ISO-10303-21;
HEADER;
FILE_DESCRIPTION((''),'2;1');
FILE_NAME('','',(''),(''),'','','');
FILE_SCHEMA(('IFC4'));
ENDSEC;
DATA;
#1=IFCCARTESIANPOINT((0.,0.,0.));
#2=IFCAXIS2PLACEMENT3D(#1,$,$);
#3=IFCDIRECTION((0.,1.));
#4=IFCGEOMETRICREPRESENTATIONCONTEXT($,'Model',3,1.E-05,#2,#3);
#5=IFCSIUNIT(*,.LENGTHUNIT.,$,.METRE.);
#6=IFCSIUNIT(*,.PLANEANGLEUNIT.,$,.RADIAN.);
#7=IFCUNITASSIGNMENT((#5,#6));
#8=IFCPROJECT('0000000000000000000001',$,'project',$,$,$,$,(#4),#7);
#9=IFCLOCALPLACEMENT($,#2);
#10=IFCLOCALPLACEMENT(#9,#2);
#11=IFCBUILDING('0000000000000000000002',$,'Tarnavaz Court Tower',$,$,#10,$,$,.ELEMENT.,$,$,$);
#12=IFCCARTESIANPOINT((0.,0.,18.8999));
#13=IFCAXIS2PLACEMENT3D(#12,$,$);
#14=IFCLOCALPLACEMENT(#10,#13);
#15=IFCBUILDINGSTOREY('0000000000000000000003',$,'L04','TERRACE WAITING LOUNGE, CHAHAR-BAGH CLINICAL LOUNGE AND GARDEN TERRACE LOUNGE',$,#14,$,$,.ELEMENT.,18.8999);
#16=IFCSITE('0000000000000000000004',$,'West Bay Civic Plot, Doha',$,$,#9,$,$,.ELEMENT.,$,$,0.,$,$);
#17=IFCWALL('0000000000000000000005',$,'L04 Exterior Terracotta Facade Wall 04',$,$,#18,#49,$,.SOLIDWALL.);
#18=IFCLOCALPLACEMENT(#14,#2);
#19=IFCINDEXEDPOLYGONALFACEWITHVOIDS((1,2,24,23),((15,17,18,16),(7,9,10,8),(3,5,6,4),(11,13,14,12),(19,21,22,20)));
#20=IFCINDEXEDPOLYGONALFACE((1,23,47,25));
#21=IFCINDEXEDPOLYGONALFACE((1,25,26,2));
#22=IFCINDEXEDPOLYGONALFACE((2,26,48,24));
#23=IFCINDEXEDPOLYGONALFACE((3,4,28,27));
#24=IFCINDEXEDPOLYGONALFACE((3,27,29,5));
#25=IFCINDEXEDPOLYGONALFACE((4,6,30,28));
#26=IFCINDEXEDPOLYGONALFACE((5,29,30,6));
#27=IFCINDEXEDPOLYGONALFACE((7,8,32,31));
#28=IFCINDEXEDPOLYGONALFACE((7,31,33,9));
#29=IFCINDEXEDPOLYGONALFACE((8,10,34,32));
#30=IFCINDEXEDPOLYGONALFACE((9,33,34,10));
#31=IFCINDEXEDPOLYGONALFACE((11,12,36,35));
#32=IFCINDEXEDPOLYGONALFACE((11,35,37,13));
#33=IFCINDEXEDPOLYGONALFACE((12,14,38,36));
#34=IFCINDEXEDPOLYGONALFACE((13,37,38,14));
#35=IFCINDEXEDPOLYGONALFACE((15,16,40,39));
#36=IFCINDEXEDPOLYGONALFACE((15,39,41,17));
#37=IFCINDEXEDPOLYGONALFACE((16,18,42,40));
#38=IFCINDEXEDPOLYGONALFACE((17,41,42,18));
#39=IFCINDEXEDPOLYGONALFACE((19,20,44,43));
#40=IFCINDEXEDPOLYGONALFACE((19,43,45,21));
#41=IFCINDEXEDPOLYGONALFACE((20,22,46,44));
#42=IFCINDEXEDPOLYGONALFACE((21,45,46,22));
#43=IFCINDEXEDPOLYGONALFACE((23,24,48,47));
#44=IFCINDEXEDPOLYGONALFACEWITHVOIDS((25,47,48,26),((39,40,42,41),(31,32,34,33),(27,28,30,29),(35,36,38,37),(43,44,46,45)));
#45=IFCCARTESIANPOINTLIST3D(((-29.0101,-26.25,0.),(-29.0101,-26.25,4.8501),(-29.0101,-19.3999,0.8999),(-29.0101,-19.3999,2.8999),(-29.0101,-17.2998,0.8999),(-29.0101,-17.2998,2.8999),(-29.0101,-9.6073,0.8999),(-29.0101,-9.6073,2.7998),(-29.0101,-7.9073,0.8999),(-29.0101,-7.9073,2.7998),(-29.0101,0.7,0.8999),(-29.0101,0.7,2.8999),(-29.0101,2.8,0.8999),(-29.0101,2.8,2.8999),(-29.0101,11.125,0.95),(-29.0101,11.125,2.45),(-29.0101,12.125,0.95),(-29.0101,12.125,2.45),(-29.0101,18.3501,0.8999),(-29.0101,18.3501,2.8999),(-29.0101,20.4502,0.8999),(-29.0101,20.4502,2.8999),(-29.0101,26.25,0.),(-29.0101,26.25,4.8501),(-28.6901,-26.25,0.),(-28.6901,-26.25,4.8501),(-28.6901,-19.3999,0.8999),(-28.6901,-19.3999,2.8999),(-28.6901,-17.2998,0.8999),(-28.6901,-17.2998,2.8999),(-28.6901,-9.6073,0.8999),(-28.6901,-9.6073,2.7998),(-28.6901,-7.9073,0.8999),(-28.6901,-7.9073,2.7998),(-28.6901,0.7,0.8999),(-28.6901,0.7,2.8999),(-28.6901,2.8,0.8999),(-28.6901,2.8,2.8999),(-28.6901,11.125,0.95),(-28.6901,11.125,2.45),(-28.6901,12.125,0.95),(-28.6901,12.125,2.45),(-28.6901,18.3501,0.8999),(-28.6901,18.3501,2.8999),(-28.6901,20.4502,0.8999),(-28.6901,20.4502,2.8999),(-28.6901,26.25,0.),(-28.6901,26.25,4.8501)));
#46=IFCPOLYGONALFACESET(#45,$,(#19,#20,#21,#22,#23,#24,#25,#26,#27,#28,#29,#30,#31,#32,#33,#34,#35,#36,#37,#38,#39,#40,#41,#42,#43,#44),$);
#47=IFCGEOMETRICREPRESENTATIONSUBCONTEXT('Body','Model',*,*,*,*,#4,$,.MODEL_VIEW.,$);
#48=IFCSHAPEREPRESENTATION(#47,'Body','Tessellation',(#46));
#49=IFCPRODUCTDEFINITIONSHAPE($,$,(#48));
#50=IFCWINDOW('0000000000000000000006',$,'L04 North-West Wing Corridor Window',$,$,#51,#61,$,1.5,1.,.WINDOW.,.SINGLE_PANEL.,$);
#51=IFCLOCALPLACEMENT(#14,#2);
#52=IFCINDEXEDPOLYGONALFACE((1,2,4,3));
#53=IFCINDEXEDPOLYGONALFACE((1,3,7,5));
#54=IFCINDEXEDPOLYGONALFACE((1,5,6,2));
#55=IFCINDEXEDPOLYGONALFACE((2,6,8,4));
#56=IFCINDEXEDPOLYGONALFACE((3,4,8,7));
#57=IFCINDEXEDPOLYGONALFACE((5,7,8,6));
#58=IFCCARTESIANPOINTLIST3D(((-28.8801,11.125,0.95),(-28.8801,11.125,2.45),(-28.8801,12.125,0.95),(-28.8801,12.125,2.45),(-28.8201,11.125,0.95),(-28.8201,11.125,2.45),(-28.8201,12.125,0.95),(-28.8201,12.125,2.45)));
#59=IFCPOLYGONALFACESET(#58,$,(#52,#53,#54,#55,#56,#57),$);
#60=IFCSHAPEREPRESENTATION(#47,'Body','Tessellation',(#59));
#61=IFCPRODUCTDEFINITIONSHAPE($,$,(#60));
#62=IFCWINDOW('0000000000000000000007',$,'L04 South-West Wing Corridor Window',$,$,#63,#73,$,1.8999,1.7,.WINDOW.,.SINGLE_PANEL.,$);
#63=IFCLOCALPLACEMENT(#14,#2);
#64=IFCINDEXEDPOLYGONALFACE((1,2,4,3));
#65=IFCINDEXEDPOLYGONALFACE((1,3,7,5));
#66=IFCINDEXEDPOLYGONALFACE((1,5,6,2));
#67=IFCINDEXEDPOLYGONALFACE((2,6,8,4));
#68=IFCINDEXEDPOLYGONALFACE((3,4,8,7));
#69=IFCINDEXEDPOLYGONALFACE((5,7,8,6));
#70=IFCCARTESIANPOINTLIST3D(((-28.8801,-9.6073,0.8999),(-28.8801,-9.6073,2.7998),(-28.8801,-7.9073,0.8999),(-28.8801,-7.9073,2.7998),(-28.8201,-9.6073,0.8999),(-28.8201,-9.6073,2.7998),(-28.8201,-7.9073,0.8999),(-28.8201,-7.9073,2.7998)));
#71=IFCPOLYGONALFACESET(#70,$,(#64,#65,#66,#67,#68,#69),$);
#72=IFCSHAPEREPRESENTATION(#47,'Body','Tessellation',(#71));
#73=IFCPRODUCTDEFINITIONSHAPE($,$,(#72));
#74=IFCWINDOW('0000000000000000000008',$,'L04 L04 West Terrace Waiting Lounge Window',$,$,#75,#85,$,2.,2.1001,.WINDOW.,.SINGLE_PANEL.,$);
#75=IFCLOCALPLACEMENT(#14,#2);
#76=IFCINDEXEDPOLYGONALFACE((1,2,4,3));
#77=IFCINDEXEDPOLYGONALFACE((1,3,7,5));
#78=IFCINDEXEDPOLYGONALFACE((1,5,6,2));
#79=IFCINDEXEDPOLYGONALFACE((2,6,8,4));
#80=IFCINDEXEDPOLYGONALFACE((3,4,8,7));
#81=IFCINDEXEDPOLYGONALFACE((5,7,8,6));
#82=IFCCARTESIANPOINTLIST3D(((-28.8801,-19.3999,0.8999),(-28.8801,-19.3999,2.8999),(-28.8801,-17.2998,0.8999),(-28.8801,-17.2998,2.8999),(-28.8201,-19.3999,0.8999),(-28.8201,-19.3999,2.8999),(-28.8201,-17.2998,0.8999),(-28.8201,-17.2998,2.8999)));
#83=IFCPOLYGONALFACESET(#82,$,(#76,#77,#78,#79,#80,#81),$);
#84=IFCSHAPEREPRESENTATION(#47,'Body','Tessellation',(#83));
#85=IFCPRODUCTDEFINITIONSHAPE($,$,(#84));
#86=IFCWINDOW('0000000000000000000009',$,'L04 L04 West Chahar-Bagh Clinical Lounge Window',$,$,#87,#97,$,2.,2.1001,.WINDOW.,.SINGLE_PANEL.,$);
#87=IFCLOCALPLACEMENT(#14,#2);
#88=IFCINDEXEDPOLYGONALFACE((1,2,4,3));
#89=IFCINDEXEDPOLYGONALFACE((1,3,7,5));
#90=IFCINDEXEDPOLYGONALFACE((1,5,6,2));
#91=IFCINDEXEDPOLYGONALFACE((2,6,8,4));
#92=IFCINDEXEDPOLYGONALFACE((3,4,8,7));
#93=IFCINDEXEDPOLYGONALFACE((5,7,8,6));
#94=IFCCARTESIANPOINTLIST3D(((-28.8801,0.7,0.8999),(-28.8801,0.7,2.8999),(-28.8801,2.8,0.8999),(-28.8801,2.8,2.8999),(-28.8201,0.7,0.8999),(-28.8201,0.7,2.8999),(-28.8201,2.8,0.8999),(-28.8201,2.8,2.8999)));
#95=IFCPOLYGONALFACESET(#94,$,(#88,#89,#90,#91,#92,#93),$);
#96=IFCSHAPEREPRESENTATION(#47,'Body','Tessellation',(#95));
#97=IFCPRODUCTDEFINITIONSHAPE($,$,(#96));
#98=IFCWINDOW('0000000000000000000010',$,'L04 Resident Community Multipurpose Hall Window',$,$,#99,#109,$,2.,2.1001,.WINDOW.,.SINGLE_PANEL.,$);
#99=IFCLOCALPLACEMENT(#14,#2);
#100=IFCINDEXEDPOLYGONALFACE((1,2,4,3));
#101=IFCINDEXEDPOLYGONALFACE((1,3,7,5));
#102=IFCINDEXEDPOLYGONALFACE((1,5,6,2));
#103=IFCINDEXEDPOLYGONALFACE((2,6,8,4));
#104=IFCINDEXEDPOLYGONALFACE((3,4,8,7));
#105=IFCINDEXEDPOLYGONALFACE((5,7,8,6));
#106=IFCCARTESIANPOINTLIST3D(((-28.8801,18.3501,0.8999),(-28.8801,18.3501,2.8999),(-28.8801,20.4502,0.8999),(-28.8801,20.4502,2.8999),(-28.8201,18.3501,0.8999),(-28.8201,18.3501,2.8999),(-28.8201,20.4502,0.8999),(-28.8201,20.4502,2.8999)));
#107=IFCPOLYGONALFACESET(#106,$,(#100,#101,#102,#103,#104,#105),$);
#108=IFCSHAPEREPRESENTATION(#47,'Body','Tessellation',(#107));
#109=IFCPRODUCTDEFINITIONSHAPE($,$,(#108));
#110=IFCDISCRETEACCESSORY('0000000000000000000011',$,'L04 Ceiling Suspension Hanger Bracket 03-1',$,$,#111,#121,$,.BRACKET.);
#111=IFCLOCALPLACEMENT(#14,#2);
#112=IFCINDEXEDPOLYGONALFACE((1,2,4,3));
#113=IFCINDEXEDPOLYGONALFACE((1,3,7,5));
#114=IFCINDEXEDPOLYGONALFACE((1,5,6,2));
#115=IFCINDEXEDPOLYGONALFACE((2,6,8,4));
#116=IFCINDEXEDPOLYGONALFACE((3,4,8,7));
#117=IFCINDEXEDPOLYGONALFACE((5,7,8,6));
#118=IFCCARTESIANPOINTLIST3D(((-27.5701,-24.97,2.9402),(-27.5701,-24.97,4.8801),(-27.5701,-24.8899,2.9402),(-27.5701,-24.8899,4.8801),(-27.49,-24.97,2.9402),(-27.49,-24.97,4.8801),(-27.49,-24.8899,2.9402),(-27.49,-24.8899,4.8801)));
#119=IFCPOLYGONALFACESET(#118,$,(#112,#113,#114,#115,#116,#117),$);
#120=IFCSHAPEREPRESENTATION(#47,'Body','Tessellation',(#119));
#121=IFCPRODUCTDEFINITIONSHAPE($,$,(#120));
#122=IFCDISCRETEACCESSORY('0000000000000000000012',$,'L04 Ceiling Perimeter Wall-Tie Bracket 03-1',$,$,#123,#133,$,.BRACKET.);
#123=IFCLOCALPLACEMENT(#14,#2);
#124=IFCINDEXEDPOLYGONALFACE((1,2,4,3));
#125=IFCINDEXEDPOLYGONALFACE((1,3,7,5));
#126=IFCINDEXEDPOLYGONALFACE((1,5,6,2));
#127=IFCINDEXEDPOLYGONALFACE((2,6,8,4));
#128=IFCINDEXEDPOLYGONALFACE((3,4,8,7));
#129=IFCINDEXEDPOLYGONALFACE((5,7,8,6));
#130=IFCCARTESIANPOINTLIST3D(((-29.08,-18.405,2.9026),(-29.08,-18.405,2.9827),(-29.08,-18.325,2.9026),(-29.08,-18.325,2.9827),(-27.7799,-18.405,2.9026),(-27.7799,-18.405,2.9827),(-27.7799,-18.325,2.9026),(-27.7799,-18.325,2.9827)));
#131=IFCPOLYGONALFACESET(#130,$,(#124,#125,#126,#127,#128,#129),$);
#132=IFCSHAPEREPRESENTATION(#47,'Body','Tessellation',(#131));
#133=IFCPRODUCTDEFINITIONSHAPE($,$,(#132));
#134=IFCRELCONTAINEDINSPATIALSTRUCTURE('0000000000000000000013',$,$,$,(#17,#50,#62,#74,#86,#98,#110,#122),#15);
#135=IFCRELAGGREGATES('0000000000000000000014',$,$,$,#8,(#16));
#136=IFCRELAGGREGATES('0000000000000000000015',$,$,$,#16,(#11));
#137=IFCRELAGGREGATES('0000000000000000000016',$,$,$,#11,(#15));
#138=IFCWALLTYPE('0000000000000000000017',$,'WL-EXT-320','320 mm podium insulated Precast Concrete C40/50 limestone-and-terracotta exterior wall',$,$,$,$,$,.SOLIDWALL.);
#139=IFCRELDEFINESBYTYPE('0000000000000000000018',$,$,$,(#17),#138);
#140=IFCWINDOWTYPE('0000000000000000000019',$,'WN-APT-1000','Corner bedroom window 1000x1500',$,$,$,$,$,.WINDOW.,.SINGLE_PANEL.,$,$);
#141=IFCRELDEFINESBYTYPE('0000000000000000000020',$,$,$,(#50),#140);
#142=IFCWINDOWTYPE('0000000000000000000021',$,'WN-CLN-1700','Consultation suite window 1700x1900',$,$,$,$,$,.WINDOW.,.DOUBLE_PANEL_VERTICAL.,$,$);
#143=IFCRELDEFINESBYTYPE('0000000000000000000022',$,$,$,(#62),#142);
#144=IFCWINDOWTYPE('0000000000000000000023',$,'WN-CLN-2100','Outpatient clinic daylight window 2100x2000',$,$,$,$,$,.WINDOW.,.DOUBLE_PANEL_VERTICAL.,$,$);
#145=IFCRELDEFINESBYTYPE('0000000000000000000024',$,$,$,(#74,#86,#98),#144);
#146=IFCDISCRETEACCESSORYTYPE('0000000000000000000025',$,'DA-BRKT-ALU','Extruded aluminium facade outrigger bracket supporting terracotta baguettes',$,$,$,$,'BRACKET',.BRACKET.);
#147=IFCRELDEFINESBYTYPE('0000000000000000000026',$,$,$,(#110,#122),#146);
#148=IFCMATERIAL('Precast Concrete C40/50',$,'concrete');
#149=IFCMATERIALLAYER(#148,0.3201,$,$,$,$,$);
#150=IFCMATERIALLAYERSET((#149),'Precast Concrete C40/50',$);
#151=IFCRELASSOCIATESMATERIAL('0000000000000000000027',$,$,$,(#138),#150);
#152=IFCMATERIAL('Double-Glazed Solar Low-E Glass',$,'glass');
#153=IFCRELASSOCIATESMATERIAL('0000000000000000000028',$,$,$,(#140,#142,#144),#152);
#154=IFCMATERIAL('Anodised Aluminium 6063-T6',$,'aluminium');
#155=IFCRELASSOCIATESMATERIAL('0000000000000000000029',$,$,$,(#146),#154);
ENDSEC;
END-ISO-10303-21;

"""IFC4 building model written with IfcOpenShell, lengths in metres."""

from ifc_helpers import new_model, si_unit, direction, frame, frame_2d, origin, origin_2d, place, context, subcontext, project, spatial, rectangle, extrude, material, layer, layer_set, type_object, element, fill, save


model = new_model("IFC4")

# Units and contexts
model_context = context("Model", 3, precision=1e-05, world=origin(), true_north=direction((0.0, 1.0)))
body_context = subcontext(model_context, "Body", "Model", "MODEL_VIEW")
ifc_project = project(units=[si_unit("LENGTHUNIT", "METRE"), si_unit("PLANEANGLEUNIT", "RADIAN")], contexts=[model_context])

# Site, building, storey
site_placement = place(None, origin())
site = spatial("IfcSite", under=ifc_project, at=site_placement, Name="West Bay Civic Plot, Doha", CompositionType="ELEMENT", RefElevation=0.0)
building_placement = place(site_placement, origin())
building = spatial("IfcBuilding", under=site, at=building_placement, Name="Tarnavaz Court Tower", CompositionType="ELEMENT")
storey_placement = place(building_placement, frame((0.0, 0.0, 18.8999)))
storey = spatial("IfcBuildingStorey", under=building, at=storey_placement, Name="L04", Description="TERRACE WAITING LOUNGE, CHAHAR-BAGH CLINICAL LOUNGE AND GARDEN TERRACE LOUNGE", CompositionType="ELEMENT", Elevation=18.8999)

# Shared definitions
ifc_material_1 = material(Name="Anodised Aluminium 6063-T6", Category="aluminium")
ifc_material_2 = material(Name="Double-Glazed Solar Low-E Glass", Category="glass")

# Wall, openings, windows
ifc_material_3 = material(Name="Precast Concrete C40/50", Category="concrete")
ifc_layer_1 = layer(ifc_material_3, 0.3201)
ifc_layer_set_1 = layer_set([ifc_layer_1], Name="Precast Concrete C40/50")
wall_type = type_object("IfcWallType", Name="WL-EXT-320", Description="320 mm podium insulated Precast Concrete C40/50 limestone-and-terracotta exterior wall", PredefinedType="SOLIDWALL", material=ifc_layer_set_1)
wall_placement = place(storey_placement, frame((-28.8501, -26.25, 0.0), z_axis=(0.0, 0.0, 1.0), x_axis=(0.0, 1.0, 0.0)))
wall = element("IfcWall", 1, at=wall_placement, inside=storey, type_object=wall_type, Name="L04 Exterior Terracotta Facade Wall 04", PredefinedType="SOLIDWALL", context=body_context, shape_type="SweptSolid", body=[
    extrude(rectangle(XDim=52.5, YDim=0.3201, at=frame_2d((26.25, 0.0))), origin(), (0.0, 0.0, 1.0), 4.8501),
])
opening_1_placement = place(wall_placement, frame((6.8501, 0.0, 0.8999)))
opening_1 = element("IfcOpeningElement", 2, at=opening_1_placement, cuts=wall, PredefinedType="OPENING", context=body_context, shape_type="SweptSolid", body=[
    extrude(rectangle(XDim=2.1001, YDim=2.0, at=frame_2d((1.05, 1.0))), frame((0.0, 0.1699, 0.0), z_axis=(0.0, -1.0, 0.0), x_axis=(1.0, 0.0, 0.0)), (0.0, 0.0, 1.0), 0.3401),
])
opening_2_placement = place(wall_placement, frame((16.6426, 0.0, 0.8999)))
opening_2 = element("IfcOpeningElement", 3, at=opening_2_placement, cuts=wall, PredefinedType="OPENING", context=body_context, shape_type="SweptSolid", body=[
    extrude(rectangle(XDim=1.7, YDim=1.8999, at=frame_2d((0.8501, 0.95))), frame((0.0, 0.1699, 0.0), z_axis=(0.0, -1.0, 0.0), x_axis=(1.0, 0.0, 0.0)), (0.0, 0.0, 1.0), 0.3401),
])
opening_3_placement = place(wall_placement, frame((26.95, 0.0, 0.8999)))
opening_3 = element("IfcOpeningElement", 4, at=opening_3_placement, cuts=wall, PredefinedType="OPENING", context=body_context, shape_type="SweptSolid", body=[
    extrude(rectangle(XDim=2.1001, YDim=2.0, at=frame_2d((1.05, 1.0))), frame((0.0, 0.1699, 0.0), z_axis=(0.0, -1.0, 0.0), x_axis=(1.0, 0.0, 0.0)), (0.0, 0.0, 1.0), 0.3401),
])
opening_4_placement = place(wall_placement, frame((37.375, 0.0, 0.95)))
opening_4 = element("IfcOpeningElement", 5, at=opening_4_placement, cuts=wall, PredefinedType="OPENING", context=body_context, shape_type="SweptSolid", body=[
    extrude(rectangle(XDim=1.0, YDim=1.5, at=frame_2d((0.5, 0.75))), frame((0.0, 0.1699, 0.0), z_axis=(0.0, -1.0, 0.0), x_axis=(1.0, 0.0, 0.0)), (0.0, 0.0, 1.0), 0.3401),
])
opening_5_placement = place(wall_placement, frame((44.6001, 0.0, 0.8999)))
opening_5 = element("IfcOpeningElement", 6, at=opening_5_placement, cuts=wall, PredefinedType="OPENING", context=body_context, shape_type="SweptSolid", body=[
    extrude(rectangle(XDim=2.1001, YDim=2.0, at=frame_2d((1.05, 1.0))), frame((0.0, 0.1699, 0.0), z_axis=(0.0, -1.0, 0.0), x_axis=(1.0, 0.0, 0.0)), (0.0, 0.0, 1.0), 0.3401),
])
window_type_1 = type_object("IfcWindowType", Name="WN-APT-1000", Description="Corner bedroom window 1000x1500", PartitioningType="SINGLE_PANEL", PredefinedType="WINDOW", material=ifc_material_2)
window_1_placement = place(opening_4_placement, origin())
window_1 = element("IfcWindow", 7, at=window_1_placement, inside=storey, type_object=window_type_1, Name="L04 North-West Wing Corridor Window", OverallHeight=1.5, OverallWidth=1.0, PartitioningType="SINGLE_PANEL", PredefinedType="WINDOW", context=body_context, shape_type="SweptSolid", body=[
    extrude(rectangle(XDim=1.0, YDim=1.5, at=frame_2d((0.5, 0.75))), frame((0.0, 0.03, 0.0), z_axis=(0.0, -1.0, 0.0), x_axis=(1.0, 0.0, 0.0)), (0.0, 0.0, 1.0), 0.0601),
])
fill(opening_4, window_1)
window_type_2 = type_object("IfcWindowType", Name="WN-CLN-1700", Description="Consultation suite window 1700x1900", PartitioningType="DOUBLE_PANEL_VERTICAL", PredefinedType="WINDOW", material=ifc_material_2)
window_2_placement = place(opening_2_placement, origin())
window_2 = element("IfcWindow", 8, at=window_2_placement, inside=storey, type_object=window_type_2, Name="L04 South-West Wing Corridor Window", OverallHeight=1.8999, OverallWidth=1.7, PartitioningType="SINGLE_PANEL", PredefinedType="WINDOW", context=body_context, shape_type="SweptSolid", body=[
    extrude(rectangle(XDim=1.7, YDim=1.8999, at=frame_2d((0.8501, 0.95))), frame((0.0, 0.03, 0.0), z_axis=(0.0, -1.0, 0.0), x_axis=(1.0, 0.0, 0.0)), (0.0, 0.0, 1.0), 0.0601),
])
fill(opening_2, window_2)
window_type_3 = type_object("IfcWindowType", Name="WN-CLN-2100", Description="Outpatient clinic daylight window 2100x2000", PartitioningType="DOUBLE_PANEL_VERTICAL", PredefinedType="WINDOW", material=ifc_material_2)
window_3_placement = place(opening_1_placement, origin())
window_3 = element("IfcWindow", 9, at=window_3_placement, inside=storey, type_object=window_type_3, Name="L04 L04 West Terrace Waiting Lounge Window", OverallHeight=2.0, OverallWidth=2.1001, PartitioningType="SINGLE_PANEL", PredefinedType="WINDOW", context=body_context, shape_type="SweptSolid", body=[
    extrude(rectangle(XDim=2.1001, YDim=2.0, at=frame_2d((1.05, 1.0))), frame((0.0, 0.03, 0.0), z_axis=(0.0, -1.0, 0.0), x_axis=(1.0, 0.0, 0.0)), (0.0, 0.0, 1.0), 0.0601),
])
fill(opening_1, window_3)
window_4_placement = place(opening_3_placement, origin())
window_4 = element("IfcWindow", 10, at=window_4_placement, inside=storey, type_object=window_type_3, Name="L04 L04 West Chahar-Bagh Clinical Lounge Window", OverallHeight=2.0, OverallWidth=2.1001, PartitioningType="SINGLE_PANEL", PredefinedType="WINDOW", context=body_context, shape_type="SweptSolid", body=[
    extrude(rectangle(XDim=2.1001, YDim=2.0, at=frame_2d((1.05, 1.0))), frame((0.0, 0.03, 0.0), z_axis=(0.0, -1.0, 0.0), x_axis=(1.0, 0.0, 0.0)), (0.0, 0.0, 1.0), 0.0601),
])
fill(opening_3, window_4)
window_5_placement = place(opening_5_placement, origin())
window_5 = element("IfcWindow", 11, at=window_5_placement, inside=storey, type_object=window_type_3, Name="L04 Resident Community Multipurpose Hall Window", OverallHeight=2.0, OverallWidth=2.1001, PartitioningType="SINGLE_PANEL", PredefinedType="WINDOW", context=body_context, shape_type="SweptSolid", body=[
    extrude(rectangle(XDim=2.1001, YDim=2.0, at=frame_2d((1.05, 1.0))), frame((0.0, 0.03, 0.0), z_axis=(0.0, -1.0, 0.0), x_axis=(1.0, 0.0, 0.0)), (0.0, 0.0, 1.0), 0.0601),
])
fill(opening_5, window_5)

# Discrete accessories
discrete_accessory_type = type_object("IfcDiscreteAccessoryType", Name="DA-BRKT-ALU", Description="Extruded aluminium facade outrigger bracket supporting terracotta baguettes", ElementType="BRACKET", PredefinedType="BRACKET", material=ifc_material_1)
discrete_accessory_1_placement = place(storey_placement, frame((-27.53, -24.9299, 2.9402), z_axis=(0.0, 0.0, 1.0), x_axis=(1.0, 0.0, 0.0)))
element("IfcDiscreteAccessory", 12, at=discrete_accessory_1_placement, inside=storey, type_object=discrete_accessory_type, Name="L04 Ceiling Suspension Hanger Bracket 03-1", PredefinedType="BRACKET", context=body_context, shape_type="SweptSolid", body=[
    extrude(rectangle(XDim=0.0801, YDim=0.0801, at=origin_2d()), origin(), (0.0, 0.0, 1.0), 1.9399),
])
discrete_accessory_2_placement = place(storey_placement, frame((-28.4299, -18.365, 2.9026), z_axis=(0.0, 0.0, 1.0), x_axis=(1.0, 0.0, 0.0)))
element("IfcDiscreteAccessory", 13, at=discrete_accessory_2_placement, inside=storey, type_object=discrete_accessory_type, Name="L04 Ceiling Perimeter Wall-Tie Bracket 03-1", PredefinedType="BRACKET", context=body_context, shape_type="SweptSolid", body=[
    extrude(rectangle(XDim=1.3, YDim=0.0801, at=origin_2d()), origin(), (0.0, 0.0, 1.0), 0.0801),
])

save(model, "model.ifc")
